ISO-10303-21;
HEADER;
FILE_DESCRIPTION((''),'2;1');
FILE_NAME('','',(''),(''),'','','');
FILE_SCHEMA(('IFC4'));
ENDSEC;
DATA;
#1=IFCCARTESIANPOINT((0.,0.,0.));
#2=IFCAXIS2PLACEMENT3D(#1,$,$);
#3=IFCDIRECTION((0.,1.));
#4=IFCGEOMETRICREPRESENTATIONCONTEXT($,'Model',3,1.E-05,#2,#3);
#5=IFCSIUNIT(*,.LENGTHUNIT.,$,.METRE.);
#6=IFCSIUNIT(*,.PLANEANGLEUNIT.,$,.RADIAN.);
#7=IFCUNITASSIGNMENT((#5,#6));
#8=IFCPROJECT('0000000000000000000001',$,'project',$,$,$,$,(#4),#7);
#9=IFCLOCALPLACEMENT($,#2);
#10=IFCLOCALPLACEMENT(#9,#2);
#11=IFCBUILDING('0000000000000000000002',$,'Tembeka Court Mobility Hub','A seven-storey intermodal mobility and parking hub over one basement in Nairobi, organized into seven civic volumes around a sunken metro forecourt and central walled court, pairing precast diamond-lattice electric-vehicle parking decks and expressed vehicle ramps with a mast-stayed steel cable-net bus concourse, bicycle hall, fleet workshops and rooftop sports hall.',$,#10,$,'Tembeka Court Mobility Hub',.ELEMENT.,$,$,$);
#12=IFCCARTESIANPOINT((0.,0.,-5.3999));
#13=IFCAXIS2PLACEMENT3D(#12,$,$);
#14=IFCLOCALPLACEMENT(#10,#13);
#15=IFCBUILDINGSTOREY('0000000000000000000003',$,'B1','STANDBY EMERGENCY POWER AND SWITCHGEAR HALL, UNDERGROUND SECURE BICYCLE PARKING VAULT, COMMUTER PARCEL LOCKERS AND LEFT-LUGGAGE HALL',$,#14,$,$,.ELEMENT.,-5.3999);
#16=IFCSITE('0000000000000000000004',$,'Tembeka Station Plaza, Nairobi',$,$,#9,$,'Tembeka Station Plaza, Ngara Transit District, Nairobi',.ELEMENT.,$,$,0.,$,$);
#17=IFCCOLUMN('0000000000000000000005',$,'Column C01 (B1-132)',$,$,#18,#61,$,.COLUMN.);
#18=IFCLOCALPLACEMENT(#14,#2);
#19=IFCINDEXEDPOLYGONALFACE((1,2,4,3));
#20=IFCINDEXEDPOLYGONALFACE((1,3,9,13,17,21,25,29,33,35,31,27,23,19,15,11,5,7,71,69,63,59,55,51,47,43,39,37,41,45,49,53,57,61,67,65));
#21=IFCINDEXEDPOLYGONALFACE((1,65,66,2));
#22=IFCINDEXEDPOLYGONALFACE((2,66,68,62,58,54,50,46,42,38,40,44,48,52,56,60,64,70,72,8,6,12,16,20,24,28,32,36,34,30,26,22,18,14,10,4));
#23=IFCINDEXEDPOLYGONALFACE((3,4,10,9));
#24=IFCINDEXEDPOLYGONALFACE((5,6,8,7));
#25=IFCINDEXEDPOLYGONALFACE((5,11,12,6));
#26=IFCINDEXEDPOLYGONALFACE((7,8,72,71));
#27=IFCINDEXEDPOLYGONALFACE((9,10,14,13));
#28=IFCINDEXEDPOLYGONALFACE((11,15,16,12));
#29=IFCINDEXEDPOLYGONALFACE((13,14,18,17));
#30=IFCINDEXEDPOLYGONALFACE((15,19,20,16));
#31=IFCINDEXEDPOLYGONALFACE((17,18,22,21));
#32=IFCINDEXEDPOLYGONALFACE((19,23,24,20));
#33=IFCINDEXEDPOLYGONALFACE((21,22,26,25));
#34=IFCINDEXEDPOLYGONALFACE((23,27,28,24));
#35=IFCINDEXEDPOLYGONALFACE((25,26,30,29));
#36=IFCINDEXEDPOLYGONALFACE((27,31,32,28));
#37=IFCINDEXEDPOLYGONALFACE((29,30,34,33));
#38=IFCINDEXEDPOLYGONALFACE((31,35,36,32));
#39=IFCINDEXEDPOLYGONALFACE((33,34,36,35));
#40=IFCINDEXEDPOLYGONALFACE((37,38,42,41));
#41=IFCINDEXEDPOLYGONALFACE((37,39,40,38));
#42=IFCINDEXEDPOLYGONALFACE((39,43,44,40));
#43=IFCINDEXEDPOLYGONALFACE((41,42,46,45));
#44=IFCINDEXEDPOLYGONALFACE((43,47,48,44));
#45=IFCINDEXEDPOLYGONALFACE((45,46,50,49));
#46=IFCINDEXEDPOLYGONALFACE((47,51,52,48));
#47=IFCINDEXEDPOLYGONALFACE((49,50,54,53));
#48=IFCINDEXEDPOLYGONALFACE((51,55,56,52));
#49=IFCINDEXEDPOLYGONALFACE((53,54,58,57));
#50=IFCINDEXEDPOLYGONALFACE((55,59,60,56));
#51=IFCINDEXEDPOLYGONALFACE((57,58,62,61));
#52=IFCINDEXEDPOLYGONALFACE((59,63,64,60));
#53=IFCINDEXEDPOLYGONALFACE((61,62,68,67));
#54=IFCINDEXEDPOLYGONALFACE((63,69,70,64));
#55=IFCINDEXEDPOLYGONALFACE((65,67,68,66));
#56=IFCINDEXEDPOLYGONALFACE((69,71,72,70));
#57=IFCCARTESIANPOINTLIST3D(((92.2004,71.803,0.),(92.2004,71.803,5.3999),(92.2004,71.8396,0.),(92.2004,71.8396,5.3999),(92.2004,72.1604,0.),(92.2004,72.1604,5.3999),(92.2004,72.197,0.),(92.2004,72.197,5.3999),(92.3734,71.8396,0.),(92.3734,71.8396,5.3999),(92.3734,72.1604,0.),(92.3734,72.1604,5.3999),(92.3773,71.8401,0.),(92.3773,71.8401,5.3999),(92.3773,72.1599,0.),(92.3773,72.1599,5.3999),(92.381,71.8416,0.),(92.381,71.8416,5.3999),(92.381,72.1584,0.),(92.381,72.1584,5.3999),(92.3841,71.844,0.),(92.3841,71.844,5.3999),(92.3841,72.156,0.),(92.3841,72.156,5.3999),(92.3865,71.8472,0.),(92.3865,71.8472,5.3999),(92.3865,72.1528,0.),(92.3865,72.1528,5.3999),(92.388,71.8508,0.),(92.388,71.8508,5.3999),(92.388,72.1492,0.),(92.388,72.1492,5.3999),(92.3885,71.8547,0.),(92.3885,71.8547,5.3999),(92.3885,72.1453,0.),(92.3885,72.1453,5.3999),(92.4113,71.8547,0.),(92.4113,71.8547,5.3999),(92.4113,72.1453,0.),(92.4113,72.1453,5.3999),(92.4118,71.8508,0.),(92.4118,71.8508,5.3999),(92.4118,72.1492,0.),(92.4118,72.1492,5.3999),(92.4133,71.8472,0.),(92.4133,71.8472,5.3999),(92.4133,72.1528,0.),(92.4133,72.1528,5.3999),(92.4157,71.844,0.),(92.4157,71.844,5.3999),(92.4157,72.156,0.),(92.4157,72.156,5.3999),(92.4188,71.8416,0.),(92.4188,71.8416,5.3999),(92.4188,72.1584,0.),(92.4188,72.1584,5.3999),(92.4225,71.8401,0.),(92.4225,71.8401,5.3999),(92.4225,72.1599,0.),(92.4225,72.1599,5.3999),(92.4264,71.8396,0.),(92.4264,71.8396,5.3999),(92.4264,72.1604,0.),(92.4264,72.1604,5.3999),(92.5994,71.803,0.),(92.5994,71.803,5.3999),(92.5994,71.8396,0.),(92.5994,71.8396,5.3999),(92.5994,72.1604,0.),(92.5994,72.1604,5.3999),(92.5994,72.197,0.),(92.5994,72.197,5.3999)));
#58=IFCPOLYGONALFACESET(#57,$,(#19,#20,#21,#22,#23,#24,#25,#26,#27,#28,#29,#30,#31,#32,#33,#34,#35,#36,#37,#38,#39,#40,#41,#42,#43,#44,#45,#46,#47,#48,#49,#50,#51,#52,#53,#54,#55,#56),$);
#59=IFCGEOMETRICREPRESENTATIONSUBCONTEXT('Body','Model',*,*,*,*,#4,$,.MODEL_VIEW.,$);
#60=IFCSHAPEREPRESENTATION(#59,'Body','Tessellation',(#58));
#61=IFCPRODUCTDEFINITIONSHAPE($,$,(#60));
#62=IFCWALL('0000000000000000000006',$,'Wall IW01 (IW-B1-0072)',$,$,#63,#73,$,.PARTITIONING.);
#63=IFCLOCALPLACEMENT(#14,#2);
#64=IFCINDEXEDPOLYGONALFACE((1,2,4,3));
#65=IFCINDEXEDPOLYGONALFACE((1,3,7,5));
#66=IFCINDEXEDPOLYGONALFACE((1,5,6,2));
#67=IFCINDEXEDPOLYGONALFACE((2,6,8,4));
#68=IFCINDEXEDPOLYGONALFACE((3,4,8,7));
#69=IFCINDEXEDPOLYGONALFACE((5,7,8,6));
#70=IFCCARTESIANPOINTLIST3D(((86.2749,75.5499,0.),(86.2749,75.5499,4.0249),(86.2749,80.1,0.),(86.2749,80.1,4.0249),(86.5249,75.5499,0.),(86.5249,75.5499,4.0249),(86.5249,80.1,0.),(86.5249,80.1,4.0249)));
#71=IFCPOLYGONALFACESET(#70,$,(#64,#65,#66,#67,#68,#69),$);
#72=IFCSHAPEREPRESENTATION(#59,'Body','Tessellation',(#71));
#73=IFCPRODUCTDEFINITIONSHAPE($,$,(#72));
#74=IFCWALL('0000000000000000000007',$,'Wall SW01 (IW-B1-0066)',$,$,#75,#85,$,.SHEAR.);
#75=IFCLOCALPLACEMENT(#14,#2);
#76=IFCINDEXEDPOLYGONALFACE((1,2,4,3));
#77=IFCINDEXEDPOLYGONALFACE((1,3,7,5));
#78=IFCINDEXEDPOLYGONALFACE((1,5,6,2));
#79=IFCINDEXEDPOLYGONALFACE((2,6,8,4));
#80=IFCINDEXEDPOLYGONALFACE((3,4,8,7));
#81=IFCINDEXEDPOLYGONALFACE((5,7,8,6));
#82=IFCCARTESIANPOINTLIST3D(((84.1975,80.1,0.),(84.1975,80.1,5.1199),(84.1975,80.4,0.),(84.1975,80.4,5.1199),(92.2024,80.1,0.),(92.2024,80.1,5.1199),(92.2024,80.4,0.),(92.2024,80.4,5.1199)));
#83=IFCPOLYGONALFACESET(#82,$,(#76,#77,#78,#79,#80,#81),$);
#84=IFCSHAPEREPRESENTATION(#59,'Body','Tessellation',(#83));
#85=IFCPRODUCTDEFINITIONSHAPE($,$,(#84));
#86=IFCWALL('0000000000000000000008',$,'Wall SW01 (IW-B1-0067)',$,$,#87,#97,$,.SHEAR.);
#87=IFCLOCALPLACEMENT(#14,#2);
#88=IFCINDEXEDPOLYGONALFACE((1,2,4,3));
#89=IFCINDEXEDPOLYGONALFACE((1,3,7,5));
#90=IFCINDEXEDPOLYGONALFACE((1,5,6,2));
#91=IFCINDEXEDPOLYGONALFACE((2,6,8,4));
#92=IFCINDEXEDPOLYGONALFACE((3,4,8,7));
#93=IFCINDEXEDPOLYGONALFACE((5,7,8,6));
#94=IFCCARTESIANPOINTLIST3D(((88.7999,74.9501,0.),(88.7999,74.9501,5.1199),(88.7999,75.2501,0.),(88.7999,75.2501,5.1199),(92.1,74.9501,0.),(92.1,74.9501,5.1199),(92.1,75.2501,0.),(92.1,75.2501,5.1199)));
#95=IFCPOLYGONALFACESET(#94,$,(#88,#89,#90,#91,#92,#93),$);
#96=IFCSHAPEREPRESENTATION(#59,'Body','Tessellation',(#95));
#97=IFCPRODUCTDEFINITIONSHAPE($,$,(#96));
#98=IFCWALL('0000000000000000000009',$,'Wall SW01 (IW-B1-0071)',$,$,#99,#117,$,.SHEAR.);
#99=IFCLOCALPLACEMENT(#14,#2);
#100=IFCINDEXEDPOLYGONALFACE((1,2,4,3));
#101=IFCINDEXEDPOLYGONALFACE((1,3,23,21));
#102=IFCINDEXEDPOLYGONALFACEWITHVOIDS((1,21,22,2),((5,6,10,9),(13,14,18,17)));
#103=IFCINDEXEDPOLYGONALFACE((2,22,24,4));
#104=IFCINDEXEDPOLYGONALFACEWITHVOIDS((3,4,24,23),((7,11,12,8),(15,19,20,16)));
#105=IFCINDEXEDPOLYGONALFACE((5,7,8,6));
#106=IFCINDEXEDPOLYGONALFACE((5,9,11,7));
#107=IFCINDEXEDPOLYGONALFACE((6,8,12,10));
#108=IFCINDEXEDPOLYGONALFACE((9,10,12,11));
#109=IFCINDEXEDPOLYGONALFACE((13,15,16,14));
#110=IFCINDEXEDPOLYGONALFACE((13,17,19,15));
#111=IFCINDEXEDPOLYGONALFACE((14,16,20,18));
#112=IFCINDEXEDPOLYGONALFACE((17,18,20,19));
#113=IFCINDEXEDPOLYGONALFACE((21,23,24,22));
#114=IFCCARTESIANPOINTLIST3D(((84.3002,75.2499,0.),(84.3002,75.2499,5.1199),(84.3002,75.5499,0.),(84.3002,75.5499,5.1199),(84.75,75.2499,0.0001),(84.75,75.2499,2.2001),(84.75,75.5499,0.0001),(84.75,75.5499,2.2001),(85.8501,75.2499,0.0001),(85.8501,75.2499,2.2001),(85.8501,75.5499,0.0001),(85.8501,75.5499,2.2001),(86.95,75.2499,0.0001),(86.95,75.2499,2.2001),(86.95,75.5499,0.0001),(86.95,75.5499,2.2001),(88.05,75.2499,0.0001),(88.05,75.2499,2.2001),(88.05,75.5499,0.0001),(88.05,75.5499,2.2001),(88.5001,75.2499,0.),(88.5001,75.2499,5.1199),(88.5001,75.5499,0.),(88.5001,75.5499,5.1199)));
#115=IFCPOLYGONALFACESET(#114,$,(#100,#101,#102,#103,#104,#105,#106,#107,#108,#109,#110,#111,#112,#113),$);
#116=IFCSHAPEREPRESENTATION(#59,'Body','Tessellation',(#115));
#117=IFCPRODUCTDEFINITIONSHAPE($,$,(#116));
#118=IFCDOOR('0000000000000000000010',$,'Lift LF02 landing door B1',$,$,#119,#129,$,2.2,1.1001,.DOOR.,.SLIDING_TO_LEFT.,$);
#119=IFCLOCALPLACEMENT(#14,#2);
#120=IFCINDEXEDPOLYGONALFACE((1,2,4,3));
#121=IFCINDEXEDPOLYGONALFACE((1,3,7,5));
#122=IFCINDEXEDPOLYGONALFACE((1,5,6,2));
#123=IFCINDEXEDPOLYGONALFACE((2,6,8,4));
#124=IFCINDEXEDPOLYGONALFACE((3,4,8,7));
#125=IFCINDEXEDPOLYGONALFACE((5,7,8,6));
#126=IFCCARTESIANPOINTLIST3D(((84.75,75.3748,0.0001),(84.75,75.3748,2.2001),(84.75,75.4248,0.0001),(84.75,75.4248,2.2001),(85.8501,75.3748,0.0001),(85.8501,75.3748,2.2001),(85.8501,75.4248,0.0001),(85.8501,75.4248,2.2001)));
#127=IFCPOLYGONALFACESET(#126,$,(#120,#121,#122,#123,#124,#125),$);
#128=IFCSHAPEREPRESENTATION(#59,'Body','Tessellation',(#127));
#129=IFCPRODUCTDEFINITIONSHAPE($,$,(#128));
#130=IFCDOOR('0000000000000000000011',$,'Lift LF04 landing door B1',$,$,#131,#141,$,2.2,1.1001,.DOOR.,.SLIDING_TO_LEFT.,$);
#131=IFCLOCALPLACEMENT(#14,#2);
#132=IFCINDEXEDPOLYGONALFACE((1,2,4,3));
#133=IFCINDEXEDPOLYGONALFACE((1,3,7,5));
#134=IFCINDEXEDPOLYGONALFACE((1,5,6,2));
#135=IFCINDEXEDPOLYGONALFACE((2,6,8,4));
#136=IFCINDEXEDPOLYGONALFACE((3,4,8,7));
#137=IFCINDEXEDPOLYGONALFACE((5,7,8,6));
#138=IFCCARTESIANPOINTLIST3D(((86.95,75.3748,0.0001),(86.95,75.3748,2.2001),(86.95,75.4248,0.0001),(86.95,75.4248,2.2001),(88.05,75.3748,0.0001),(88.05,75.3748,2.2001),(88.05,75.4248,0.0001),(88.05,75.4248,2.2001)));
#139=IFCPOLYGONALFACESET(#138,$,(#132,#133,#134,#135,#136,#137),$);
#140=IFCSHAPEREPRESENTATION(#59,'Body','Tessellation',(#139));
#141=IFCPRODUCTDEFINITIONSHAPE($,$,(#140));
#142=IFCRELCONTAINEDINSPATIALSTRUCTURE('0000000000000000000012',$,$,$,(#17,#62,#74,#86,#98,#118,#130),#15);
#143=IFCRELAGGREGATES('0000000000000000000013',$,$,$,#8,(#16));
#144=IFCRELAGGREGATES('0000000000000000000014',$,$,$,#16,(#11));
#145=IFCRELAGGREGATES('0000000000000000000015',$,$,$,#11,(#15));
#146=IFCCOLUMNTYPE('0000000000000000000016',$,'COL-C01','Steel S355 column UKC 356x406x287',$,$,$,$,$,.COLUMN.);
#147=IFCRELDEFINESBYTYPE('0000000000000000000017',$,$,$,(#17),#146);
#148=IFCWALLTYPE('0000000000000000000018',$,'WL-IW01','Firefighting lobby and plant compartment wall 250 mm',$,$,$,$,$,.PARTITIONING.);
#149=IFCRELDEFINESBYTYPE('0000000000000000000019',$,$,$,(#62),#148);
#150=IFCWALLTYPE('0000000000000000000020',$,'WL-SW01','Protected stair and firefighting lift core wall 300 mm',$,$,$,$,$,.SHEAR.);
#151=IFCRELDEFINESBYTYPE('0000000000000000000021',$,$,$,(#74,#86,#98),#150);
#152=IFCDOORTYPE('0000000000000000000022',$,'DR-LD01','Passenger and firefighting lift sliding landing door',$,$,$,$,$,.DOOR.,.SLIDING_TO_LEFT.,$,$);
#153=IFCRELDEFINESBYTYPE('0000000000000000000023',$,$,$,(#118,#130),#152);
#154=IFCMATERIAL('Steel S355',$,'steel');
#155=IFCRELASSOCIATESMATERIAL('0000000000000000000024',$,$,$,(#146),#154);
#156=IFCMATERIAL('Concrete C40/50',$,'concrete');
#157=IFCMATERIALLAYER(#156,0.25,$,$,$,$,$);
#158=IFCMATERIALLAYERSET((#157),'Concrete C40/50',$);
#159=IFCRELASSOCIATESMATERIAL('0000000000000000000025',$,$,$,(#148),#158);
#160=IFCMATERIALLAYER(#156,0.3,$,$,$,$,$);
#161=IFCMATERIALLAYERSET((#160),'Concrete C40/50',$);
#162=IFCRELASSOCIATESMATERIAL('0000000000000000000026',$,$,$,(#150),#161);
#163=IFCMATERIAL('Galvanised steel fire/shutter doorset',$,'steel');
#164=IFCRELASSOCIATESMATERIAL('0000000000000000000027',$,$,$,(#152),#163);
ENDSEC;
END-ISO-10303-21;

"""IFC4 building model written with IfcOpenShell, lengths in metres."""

from ifc_helpers import new_model, si_unit, direction, frame, frame_2d, origin, origin_2d, place, context, subcontext, project, spatial, rectangle, i_section, extrude, material, layer, layer_set, material_profile, profile_set, type_object, element, fill, save


model = new_model("IFC4")

# Units and contexts
model_context = context("Model", 3, precision=1e-05, world=origin(), true_north=direction((0.0, 1.0)))
body_context = subcontext(model_context, "Body", "Model", "MODEL_VIEW")
ifc_project = project(units=[si_unit("LENGTHUNIT", "METRE"), si_unit("PLANEANGLEUNIT", "RADIAN")], contexts=[model_context])

# Site, building, storey
site_placement = place(None, origin())
site = spatial("IfcSite", under=ifc_project, at=site_placement, Name="Tembeka Station Plaza, Nairobi", LongName="Tembeka Station Plaza, Ngara Transit District, Nairobi", CompositionType="ELEMENT", RefElevation=0.0)
building_placement = place(site_placement, origin())
building = spatial("IfcBuilding", under=site, at=building_placement, Name="Tembeka Court Mobility Hub", Description="A seven-storey intermodal mobility and parking hub over one basement in Nairobi, organized into seven civic volumes around a sunken metro forecourt and central walled court, pairing precast diamond-lattice electric-vehicle parking decks and expressed vehicle ramps with a mast-stayed steel cable-net bus concourse, bicycle hall, fleet workshops and rooftop sports hall.", LongName="Tembeka Court Mobility Hub", CompositionType="ELEMENT")
storey_placement = place(building_placement, frame((0.0, 0.0, -5.3999)))
storey = spatial("IfcBuildingStorey", under=building, at=storey_placement, Name="B1", Description="STANDBY EMERGENCY POWER AND SWITCHGEAR HALL, UNDERGROUND SECURE BICYCLE PARKING VAULT, COMMUTER PARCEL LOCKERS AND LEFT-LUGGAGE HALL", CompositionType="ELEMENT", Elevation=-5.3999)

# Shared definitions
ifc_material_1 = material(Name="Concrete C40/50", Category="concrete")

# Column
ifc_material_2 = material(Name="Steel S355", Category="steel")
ifc_material_profile_1 = material_profile(ifc_material_2, i_section(OverallWidth=0.3989, OverallDepth=0.394, WebThickness=0.0227, FlangeThickness=0.0366, FilletRadius=0.0151, at=origin_2d()), Name="UKC 356x406x287")
ifc_profile_set_1 = profile_set([ifc_material_profile_1], Name="Steel S355")
column_type = type_object("IfcColumnType", Name="COL-C01", Description="Steel S355 column UKC 356x406x287", PredefinedType="COLUMN", material=ifc_profile_set_1)
for number, where, z_axis, x_axis, name in (
    (1, (92.3999, 72.0, 0.0), (0.0, 0.0, 1.0), (1.0, 0.0, 0.0), "Column C01 (B1-132)"),
):
    element("IfcColumn", number, at=place(storey_placement, frame(where, z_axis=z_axis, x_axis=x_axis)), inside=storey, type_object=column_type, Name=name, PredefinedType="COLUMN", context=body_context, shape_type="SweptSolid", body=[
        extrude(i_section(OverallWidth=0.3989, OverallDepth=0.394, WebThickness=0.0227, FlangeThickness=0.0366, FilletRadius=0.0151, at=origin_2d()), origin(), (0.0, 0.0, 1.0), 5.3999),
    ])

# Walls
ifc_layer_1 = layer(ifc_material_1, 0.25)
ifc_layer_set_1 = layer_set([ifc_layer_1], Name="Concrete C40/50")
wall_type_1 = type_object("IfcWallType", Name="WL-IW01", Description="Firefighting lobby and plant compartment wall 250 mm", PredefinedType="PARTITIONING", material=ifc_layer_set_1)
wall_1_placement = place(storey_placement, frame((86.3999, 75.55, 0.0), z_axis=(0.0, 0.0, 1.0), x_axis=(0.0, 1.0, 0.0)))
element("IfcWall", 2, at=wall_1_placement, inside=storey, type_object=wall_type_1, Name="Wall IW01 (IW-B1-0072)", PredefinedType="PARTITIONING", context=body_context, shape_type="SweptSolid", body=[
    extrude(rectangle(XDim=4.55, YDim=0.25, at=frame_2d((2.2749, 0.0))), origin(), (0.0, 0.0, 1.0), 4.0249),
])
ifc_layer_2 = layer(ifc_material_1, 0.3)
ifc_layer_set_2 = layer_set([ifc_layer_2], Name="Concrete C40/50")
wall_type_2 = type_object("IfcWallType", Name="WL-SW01", Description="Protected stair and firefighting lift core wall 300 mm", PredefinedType="SHEAR", material=ifc_layer_set_2)
wall_2_placement = place(storey_placement, frame((84.1975, 80.25, 0.0), z_axis=(0.0, 0.0, 1.0), x_axis=(1.0, 0.0, 0.0)))
element("IfcWall", 3, at=wall_2_placement, inside=storey, type_object=wall_type_2, Name="Wall SW01 (IW-B1-0066)", PredefinedType="SHEAR", context=body_context, shape_type="SweptSolid", body=[
    extrude(rectangle(XDim=8.0049, YDim=0.3, at=frame_2d((4.0024, 0.0))), origin(), (0.0, 0.0, 1.0), 5.1199),
])
wall_3_placement = place(storey_placement, frame((88.8, 75.1001, 0.0), z_axis=(0.0, 0.0, 1.0), x_axis=(1.0, 0.0, 0.0)))
element("IfcWall", 4, at=wall_3_placement, inside=storey, type_object=wall_type_2, Name="Wall SW01 (IW-B1-0067)", PredefinedType="SHEAR", context=body_context, shape_type="SweptSolid", body=[
    extrude(rectangle(XDim=3.3, YDim=0.3, at=frame_2d((1.6499, 0.0))), origin(), (0.0, 0.0, 1.0), 5.1199),
])

# Wall, openings, doors
wall_4_placement = place(storey_placement, frame((84.3, 75.3999, 0.0), z_axis=(0.0, 0.0, 1.0), x_axis=(1.0, 0.0, 0.0)))
wall_4 = element("IfcWall", 5, at=wall_4_placement, inside=storey, type_object=wall_type_2, Name="Wall SW01 (IW-B1-0071)", PredefinedType="SHEAR", context=body_context, shape_type="SweptSolid", body=[
    extrude(rectangle(XDim=4.2, YDim=0.3, at=frame_2d((2.1001, 0.0))), origin(), (0.0, 0.0, 1.0), 5.1199),
])
opening_1_placement = place(wall_4_placement, frame((0.45, 0.0, 0.0)))
opening_1 = element("IfcOpeningElement", 6, at=opening_1_placement, cuts=wall_4, PredefinedType="OPENING", context=body_context, shape_type="SweptSolid", body=[
    extrude(rectangle(XDim=1.1001, YDim=2.2, at=frame_2d((0.55, 1.1001))), frame((0.0, 0.1602, 0.0), z_axis=(0.0, -1.0, 0.0), x_axis=(1.0, 0.0, 0.0)), (0.0, 0.0, 1.0), 0.3201),
])
opening_2_placement = place(wall_4_placement, frame((2.6499, 0.0, 0.0)))
opening_2 = element("IfcOpeningElement", 7, at=opening_2_placement, cuts=wall_4, PredefinedType="OPENING", context=body_context, shape_type="SweptSolid", body=[
    extrude(rectangle(XDim=1.1001, YDim=2.2, at=frame_2d((0.55, 1.1001))), frame((0.0, 0.1602, 0.0), z_axis=(0.0, -1.0, 0.0), x_axis=(1.0, 0.0, 0.0)), (0.0, 0.0, 1.0), 0.3201),
])
ifc_material_3 = material(Name="Galvanised steel fire/shutter doorset", Category="steel")
door_type = type_object("IfcDoorType", Name="DR-LD01", Description="Passenger and firefighting lift sliding landing door", OperationType="SLIDING_TO_LEFT", PredefinedType="DOOR", material=ifc_material_3)
door_1_placement = place(opening_1_placement, origin())
door_1 = element("IfcDoor", 8, at=door_1_placement, inside=storey, type_object=door_type, Name="Lift LF02 landing door B1", OperationType="SLIDING_TO_LEFT", OverallHeight=2.2, OverallWidth=1.1001, PredefinedType="DOOR", context=body_context, shape_type="SweptSolid", body=[
    extrude(rectangle(XDim=1.1001, YDim=2.2, at=frame_2d((0.55, 1.1001))), frame((0.0, 0.0249, 0.0), z_axis=(0.0, -1.0, 0.0), x_axis=(1.0, 0.0, 0.0)), (0.0, 0.0, 1.0), 0.05),
])
fill(opening_1, door_1)
door_2_placement = place(opening_2_placement, origin())
door_2 = element("IfcDoor", 9, at=door_2_placement, inside=storey, type_object=door_type, Name="Lift LF04 landing door B1", OperationType="SLIDING_TO_LEFT", OverallHeight=2.2, OverallWidth=1.1001, PredefinedType="DOOR", context=body_context, shape_type="SweptSolid", body=[
    extrude(rectangle(XDim=1.1001, YDim=2.2, at=frame_2d((0.55, 1.1001))), frame((0.0, 0.0249, 0.0), z_axis=(0.0, -1.0, 0.0), x_axis=(1.0, 0.0, 0.0)), (0.0, 0.0, 1.0), 0.05),
])
fill(opening_2, door_2)

save(model, "model.ifc")
